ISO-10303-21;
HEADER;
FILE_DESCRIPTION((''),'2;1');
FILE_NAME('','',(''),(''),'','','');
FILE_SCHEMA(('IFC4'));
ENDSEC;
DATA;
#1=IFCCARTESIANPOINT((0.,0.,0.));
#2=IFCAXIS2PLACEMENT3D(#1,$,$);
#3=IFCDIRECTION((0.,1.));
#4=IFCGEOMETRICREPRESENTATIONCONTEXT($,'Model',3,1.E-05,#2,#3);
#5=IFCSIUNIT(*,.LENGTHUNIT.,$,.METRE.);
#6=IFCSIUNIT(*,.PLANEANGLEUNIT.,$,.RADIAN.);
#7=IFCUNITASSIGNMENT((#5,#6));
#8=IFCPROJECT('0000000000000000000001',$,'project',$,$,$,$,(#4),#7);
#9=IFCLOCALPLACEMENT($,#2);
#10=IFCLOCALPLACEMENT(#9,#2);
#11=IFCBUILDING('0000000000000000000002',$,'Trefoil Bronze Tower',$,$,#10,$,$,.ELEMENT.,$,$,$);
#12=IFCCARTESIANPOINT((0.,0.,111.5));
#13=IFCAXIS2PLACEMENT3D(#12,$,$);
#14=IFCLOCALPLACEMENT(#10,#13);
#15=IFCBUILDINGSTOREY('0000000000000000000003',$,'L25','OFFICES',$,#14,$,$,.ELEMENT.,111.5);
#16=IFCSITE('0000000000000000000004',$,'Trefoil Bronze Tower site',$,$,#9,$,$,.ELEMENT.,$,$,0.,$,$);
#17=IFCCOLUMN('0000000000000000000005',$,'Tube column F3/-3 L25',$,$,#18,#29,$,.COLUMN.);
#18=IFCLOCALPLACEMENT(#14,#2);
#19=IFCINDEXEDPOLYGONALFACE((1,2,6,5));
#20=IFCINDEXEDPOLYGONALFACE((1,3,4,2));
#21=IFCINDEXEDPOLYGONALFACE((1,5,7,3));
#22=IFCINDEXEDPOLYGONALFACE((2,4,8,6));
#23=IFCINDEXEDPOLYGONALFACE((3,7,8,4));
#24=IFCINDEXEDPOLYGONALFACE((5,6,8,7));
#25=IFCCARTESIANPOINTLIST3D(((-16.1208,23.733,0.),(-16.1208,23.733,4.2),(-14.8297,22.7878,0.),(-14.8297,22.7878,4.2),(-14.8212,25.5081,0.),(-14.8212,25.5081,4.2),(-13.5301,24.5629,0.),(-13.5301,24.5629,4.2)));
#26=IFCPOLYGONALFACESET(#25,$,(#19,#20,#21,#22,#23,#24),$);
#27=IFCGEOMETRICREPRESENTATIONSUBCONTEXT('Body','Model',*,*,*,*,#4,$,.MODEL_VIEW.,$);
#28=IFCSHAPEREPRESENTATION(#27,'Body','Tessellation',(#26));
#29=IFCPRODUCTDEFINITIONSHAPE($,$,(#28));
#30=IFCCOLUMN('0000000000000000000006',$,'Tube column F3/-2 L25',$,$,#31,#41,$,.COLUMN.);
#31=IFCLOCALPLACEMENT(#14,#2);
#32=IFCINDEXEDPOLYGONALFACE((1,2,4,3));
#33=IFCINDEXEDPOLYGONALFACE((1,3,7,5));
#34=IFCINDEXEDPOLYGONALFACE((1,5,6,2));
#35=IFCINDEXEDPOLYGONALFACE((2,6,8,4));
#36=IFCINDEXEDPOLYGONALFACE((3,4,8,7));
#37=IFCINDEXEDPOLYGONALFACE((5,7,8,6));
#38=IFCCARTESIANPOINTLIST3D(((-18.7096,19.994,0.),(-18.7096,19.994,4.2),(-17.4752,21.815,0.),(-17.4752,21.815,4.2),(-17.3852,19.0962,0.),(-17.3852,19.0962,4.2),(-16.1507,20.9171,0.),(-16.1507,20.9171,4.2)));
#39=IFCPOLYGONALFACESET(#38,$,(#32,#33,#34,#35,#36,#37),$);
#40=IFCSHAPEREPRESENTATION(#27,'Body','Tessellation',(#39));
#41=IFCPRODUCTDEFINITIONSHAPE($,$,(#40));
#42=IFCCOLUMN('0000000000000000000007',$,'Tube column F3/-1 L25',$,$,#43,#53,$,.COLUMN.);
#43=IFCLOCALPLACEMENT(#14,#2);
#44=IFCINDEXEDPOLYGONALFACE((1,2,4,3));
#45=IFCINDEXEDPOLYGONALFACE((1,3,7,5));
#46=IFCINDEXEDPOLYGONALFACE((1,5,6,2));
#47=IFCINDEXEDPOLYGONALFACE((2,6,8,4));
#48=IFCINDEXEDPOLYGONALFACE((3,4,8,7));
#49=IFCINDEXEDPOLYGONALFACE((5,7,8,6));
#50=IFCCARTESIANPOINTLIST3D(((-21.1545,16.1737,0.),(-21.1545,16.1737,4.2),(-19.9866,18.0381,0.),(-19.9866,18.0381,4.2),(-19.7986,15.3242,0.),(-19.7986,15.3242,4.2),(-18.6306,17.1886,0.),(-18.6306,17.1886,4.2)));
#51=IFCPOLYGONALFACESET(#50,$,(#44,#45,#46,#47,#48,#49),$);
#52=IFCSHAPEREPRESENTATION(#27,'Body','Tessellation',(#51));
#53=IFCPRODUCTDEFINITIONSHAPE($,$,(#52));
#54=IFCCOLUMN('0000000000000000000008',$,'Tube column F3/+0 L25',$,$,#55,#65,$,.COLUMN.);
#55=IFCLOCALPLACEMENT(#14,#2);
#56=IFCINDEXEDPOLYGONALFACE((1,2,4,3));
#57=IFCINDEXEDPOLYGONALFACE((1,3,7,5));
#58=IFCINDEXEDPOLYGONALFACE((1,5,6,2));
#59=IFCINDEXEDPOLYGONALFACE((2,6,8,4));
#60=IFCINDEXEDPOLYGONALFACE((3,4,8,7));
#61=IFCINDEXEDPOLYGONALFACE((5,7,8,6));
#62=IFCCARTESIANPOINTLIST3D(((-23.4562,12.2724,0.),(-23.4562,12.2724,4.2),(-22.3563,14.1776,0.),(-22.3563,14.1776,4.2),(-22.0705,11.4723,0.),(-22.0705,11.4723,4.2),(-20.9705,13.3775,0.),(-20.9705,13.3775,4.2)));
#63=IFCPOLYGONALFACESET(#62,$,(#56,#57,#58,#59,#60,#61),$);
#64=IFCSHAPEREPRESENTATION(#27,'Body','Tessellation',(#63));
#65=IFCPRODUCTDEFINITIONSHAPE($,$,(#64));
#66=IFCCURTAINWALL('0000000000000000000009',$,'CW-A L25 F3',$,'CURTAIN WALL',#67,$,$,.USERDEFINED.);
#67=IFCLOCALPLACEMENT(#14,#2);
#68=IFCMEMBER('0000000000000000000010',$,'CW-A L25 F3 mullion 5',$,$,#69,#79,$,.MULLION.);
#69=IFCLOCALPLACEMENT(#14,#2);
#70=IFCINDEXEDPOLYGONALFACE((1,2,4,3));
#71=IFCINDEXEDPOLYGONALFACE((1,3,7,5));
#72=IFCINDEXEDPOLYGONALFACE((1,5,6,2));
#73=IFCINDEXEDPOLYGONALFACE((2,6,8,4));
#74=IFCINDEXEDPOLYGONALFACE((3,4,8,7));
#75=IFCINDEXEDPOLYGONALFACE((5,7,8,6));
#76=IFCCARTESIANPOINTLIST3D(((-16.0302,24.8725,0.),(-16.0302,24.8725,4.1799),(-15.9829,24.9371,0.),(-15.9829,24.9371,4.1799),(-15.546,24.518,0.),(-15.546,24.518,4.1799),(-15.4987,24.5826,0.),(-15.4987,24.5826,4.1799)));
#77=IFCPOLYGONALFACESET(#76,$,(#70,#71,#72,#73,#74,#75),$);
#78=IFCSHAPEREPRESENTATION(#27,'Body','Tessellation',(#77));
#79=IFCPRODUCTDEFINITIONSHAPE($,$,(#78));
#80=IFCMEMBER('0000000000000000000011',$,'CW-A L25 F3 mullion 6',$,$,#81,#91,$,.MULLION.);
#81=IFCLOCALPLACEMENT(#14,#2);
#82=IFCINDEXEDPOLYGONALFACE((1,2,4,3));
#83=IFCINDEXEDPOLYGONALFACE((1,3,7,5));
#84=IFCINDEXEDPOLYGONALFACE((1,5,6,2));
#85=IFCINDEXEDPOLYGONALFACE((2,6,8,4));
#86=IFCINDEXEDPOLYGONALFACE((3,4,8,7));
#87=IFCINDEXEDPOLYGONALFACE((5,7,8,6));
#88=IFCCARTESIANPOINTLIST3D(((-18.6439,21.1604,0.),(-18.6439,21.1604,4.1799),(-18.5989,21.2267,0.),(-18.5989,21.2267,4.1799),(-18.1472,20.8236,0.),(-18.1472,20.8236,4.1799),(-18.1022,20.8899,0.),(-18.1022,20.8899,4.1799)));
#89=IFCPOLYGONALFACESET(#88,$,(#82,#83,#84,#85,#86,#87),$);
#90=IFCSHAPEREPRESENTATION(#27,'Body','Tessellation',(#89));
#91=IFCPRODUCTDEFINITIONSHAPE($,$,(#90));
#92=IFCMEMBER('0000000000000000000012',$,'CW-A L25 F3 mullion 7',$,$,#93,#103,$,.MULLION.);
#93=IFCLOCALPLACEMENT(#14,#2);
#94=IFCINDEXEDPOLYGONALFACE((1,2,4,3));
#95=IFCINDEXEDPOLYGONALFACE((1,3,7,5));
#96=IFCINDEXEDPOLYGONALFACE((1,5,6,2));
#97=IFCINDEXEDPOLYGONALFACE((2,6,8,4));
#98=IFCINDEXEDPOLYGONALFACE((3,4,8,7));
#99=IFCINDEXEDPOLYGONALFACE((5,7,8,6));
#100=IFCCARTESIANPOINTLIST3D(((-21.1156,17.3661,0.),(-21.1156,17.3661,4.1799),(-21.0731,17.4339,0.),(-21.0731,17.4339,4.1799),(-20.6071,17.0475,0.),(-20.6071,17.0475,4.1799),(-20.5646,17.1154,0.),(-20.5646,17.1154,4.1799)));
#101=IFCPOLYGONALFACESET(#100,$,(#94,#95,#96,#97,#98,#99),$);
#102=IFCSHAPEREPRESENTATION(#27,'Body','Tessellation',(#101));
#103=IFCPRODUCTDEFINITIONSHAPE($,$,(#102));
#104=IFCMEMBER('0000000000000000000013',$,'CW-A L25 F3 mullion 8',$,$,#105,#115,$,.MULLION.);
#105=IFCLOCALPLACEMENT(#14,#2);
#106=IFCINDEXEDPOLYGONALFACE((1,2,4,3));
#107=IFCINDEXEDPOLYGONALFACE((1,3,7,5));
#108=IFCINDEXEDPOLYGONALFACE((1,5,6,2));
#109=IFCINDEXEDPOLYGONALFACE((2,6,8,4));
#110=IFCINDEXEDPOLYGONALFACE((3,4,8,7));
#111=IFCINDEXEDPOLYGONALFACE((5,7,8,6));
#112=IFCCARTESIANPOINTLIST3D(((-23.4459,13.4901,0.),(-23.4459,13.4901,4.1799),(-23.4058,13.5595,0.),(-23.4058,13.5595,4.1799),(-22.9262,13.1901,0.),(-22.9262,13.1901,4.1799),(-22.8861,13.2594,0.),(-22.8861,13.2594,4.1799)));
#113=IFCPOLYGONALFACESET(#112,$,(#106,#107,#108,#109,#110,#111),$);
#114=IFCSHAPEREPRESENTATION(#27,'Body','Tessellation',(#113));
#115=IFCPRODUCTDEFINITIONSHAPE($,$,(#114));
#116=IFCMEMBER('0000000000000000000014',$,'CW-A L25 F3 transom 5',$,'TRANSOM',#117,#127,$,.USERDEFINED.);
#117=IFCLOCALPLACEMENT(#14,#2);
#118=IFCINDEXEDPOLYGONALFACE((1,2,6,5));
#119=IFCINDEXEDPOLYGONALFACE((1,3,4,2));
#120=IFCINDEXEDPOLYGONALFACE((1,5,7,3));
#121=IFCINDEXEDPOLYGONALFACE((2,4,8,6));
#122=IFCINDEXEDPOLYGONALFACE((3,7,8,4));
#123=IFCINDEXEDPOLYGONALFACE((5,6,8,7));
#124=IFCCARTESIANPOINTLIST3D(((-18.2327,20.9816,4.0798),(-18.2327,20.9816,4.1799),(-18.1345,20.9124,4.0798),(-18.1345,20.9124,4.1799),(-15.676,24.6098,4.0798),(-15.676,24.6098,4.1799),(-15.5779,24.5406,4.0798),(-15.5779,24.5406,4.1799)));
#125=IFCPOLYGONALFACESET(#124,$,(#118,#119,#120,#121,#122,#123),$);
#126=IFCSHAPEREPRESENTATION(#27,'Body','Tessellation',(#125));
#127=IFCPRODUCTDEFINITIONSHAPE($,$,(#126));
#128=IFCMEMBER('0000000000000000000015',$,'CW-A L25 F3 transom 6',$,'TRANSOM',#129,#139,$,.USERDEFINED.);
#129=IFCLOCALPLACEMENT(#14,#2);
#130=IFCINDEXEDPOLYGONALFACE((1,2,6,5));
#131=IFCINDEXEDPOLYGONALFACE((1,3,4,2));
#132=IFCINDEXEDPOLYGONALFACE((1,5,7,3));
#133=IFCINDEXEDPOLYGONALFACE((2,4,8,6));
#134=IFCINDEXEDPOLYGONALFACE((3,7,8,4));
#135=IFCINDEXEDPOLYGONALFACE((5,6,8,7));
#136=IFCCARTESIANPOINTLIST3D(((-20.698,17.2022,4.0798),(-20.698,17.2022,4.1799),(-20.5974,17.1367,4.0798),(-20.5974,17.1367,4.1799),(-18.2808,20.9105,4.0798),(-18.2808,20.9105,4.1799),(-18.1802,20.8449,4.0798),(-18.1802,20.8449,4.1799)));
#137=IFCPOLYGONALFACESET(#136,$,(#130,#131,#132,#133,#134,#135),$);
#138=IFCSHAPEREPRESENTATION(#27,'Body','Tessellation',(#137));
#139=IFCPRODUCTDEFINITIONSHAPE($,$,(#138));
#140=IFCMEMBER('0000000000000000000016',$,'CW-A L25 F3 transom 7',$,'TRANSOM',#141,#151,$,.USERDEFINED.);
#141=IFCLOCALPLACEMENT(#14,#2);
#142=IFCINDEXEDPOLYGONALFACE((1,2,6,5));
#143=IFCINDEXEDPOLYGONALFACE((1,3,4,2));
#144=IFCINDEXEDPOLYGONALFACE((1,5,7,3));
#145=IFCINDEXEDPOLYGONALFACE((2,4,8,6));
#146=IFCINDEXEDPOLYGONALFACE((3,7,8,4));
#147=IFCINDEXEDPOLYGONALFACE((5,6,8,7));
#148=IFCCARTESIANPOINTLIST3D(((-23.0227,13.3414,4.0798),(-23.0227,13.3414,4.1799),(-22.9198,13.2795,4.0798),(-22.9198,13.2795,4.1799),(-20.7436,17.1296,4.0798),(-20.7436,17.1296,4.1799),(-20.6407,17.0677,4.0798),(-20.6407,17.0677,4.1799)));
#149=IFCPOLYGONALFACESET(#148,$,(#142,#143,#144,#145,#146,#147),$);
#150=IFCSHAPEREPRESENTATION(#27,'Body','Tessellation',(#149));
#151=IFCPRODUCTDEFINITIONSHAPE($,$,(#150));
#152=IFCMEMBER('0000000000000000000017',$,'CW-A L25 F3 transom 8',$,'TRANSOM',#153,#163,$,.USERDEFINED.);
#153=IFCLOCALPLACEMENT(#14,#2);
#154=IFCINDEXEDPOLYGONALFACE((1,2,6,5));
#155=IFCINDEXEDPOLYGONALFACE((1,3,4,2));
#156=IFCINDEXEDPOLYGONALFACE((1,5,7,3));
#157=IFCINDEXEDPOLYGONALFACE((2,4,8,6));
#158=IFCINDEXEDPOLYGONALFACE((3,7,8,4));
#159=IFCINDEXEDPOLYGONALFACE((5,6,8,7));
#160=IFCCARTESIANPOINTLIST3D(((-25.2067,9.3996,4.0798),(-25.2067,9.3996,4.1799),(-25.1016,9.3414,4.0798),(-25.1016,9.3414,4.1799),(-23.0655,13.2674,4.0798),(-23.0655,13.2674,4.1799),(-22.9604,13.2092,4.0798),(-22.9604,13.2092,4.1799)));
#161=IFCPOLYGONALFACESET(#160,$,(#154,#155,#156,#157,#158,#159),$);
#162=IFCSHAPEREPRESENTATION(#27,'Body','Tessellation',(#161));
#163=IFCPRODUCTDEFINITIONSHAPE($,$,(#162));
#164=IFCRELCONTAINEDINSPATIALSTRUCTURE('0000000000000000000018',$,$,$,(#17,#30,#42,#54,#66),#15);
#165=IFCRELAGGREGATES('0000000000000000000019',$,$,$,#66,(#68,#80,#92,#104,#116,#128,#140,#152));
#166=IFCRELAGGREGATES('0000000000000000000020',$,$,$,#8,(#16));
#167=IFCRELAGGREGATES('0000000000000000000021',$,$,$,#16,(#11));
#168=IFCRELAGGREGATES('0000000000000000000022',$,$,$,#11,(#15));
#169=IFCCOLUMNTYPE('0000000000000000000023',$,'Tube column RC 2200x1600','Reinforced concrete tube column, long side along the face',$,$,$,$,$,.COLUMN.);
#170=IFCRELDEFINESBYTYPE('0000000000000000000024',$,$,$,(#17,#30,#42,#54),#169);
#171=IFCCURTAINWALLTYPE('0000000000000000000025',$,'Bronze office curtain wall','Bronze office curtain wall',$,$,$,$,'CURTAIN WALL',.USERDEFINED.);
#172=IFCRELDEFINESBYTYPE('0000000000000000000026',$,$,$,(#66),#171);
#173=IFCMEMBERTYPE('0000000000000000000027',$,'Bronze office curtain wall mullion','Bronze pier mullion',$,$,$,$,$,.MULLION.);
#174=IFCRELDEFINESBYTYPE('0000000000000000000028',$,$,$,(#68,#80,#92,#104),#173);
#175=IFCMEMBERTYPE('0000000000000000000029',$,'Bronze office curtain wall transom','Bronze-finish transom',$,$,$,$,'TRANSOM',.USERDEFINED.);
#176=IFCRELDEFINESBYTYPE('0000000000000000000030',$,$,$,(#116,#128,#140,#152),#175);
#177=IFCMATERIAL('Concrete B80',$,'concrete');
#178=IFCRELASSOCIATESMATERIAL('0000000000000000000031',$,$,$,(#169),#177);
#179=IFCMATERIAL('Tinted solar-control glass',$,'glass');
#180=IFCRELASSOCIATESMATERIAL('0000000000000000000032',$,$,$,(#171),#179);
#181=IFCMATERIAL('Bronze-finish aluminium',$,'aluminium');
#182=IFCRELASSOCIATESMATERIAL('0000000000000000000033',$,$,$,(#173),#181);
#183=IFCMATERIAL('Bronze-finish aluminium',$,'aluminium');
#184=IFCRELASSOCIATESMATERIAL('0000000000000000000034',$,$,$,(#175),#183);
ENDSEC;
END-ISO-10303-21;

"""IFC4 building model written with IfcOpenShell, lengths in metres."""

from ifc_helpers import new_model, si_unit, direction, frame, origin, origin_2d, place, context, subcontext, project, spatial, rectangle, extrude, material, material_profile, profile_set, type_object, element, aggregate, save


model = new_model("IFC4")

# Units and contexts
model_context = context("Model", 3, precision=1e-05, world=origin(), true_north=direction((0.0, 1.0)))
body_context = subcontext(model_context, "Body", "Model", "MODEL_VIEW")
ifc_project = project(units=[si_unit("LENGTHUNIT", "METRE"), si_unit("PLANEANGLEUNIT", "RADIAN")], contexts=[model_context])

# Site, building, storey
site_placement = place(None, origin())
site = spatial("IfcSite", under=ifc_project, at=site_placement, Name="Trefoil Bronze Tower site", CompositionType="ELEMENT", RefElevation=0.0)
building_placement = place(site_placement, origin())
building = spatial("IfcBuilding", under=site, at=building_placement, Name="Trefoil Bronze Tower", CompositionType="ELEMENT")
storey_placement = place(building_placement, frame((0.0, 0.0, 111.5)))
storey = spatial("IfcBuildingStorey", under=building, at=storey_placement, Name="L25", Description="OFFICES", CompositionType="ELEMENT", Elevation=111.5)

# Columns
ifc_material_1 = material(Name="Concrete B80", Category="concrete")
ifc_material_profile_1 = material_profile(ifc_material_1, rectangle(XDim=2.2, YDim=1.6001, at=origin_2d()), Name="RC 2200x1600")
ifc_profile_set_1 = profile_set([ifc_material_profile_1], Name="Concrete B80")
column_type = type_object("IfcColumnType", Name="Tube column RC 2200x1600", Description="Reinforced concrete tube column, long side along the face", PredefinedType="COLUMN", material=ifc_profile_set_1)
for number, where, z_axis, x_axis, name in (
    (1, (-14.8254, 24.1479, 0.0), (0.0, 0.0, 1.0), (-0.590723, -0.806875, 0.0), "Tube column F3/-3 L25"),
    (2, (-17.4302, 20.4556, 0.0), (0.0, 0.0, 1.0), (-0.561136, -0.827724, 0.0), "Tube column F3/-2 L25"),
    (3, (-19.8926, 16.6812, 0.0), (0.0, 0.0, 1.0), (-0.530893, -0.847439, 0.0), "Tube column F3/-1 L25"),
    (4, (-22.2134, 12.825, 0.0), (0.0, 0.0, 1.0), (-0.5, -0.866025, 0.0), "Tube column F3/+0 L25"),
):
    element("IfcColumn", number, at=place(storey_placement, frame(where, z_axis=z_axis, x_axis=x_axis)), inside=storey, type_object=column_type, Name=name, PredefinedType="COLUMN", context=body_context, shape_type="SweptSolid", body=[
        extrude(rectangle(XDim=2.2, YDim=1.6001, at=origin_2d()), origin(), (0.0, 0.0, 1.0), 4.2),
    ])

# Curtain wall, members
ifc_material_2 = material(Name="Tinted solar-control glass", Category="glass")
curtain_wall_type = type_object("IfcCurtainWallType", Name="Bronze office curtain wall", Description="Bronze office curtain wall", ElementType="CURTAIN WALL", PredefinedType="USERDEFINED", material=ifc_material_2)
curtain_wall_placement = place(storey_placement, origin())
curtain_wall = element("IfcCurtainWall", 5, at=curtain_wall_placement, inside=storey, type_object=curtain_wall_type, Name="CW-A L25 F3", ObjectType="CURTAIN WALL", PredefinedType="USERDEFINED")
ifc_material_3 = material(Name="Bronze-finish aluminium", Category="aluminium")
ifc_material_profile_2 = material_profile(ifc_material_3, rectangle(XDim=0.6001, YDim=0.0801, at=origin_2d()), Name="CW-A mullion")
ifc_profile_set_2 = profile_set([ifc_material_profile_2], Name="Bronze-finish aluminium")
member_type_1 = type_object("IfcMemberType", Name="Bronze office curtain wall mullion", Description="Bronze pier mullion", PredefinedType="MULLION", material=ifc_profile_set_2)
member_1_placement = place(storey_placement, frame((-15.7644, 24.7275, 0.0), z_axis=(0.0, 0.0, 1.0), x_axis=(0.806875, -0.590723, 0.0)))
member_1 = element("IfcMember", 6, at=member_1_placement, type_object=member_type_1, Name="CW-A L25 F3 mullion 5", PredefinedType="MULLION", context=body_context, shape_type="SweptSolid", body=[
    extrude(rectangle(XDim=0.6001, YDim=0.0801, at=origin_2d()), origin(), (0.0, 0.0, 1.0), 4.1799),
])
member_2_placement = place(storey_placement, frame((-18.373, 21.0251, 0.0), z_axis=(0.0, 0.0, 1.0), x_axis=(0.827724, -0.561136, 0.0)))
member_2 = element("IfcMember", 7, at=member_2_placement, type_object=member_type_1, Name="CW-A L25 F3 mullion 6", PredefinedType="MULLION", context=body_context, shape_type="SweptSolid", body=[
    extrude(rectangle(XDim=0.6001, YDim=0.0801, at=origin_2d()), origin(), (0.0, 0.0, 1.0), 4.1799),
])
member_3_placement = place(storey_placement, frame((-20.8401, 17.2407, 0.0), z_axis=(0.0, 0.0, 1.0), x_axis=(0.847439, -0.530893, 0.0)))
member_3 = element("IfcMember", 8, at=member_3_placement, type_object=member_type_1, Name="CW-A L25 F3 mullion 7", PredefinedType="MULLION", context=body_context, shape_type="SweptSolid", body=[
    extrude(rectangle(XDim=0.6001, YDim=0.0801, at=origin_2d()), origin(), (0.0, 0.0, 1.0), 4.1799),
])
member_4_placement = place(storey_placement, frame((-23.166, 13.3748, 0.0), z_axis=(0.0, 0.0, 1.0), x_axis=(0.866025, -0.5, 0.0)))
member_4 = element("IfcMember", 9, at=member_4_placement, type_object=member_type_1, Name="CW-A L25 F3 mullion 8", PredefinedType="MULLION", context=body_context, shape_type="SweptSolid", body=[
    extrude(rectangle(XDim=0.6001, YDim=0.0801, at=origin_2d()), origin(), (0.0, 0.0, 1.0), 4.1799),
])
ifc_material_4 = material(Name="Bronze-finish aluminium", Category="aluminium")
ifc_material_profile_3 = material_profile(ifc_material_4, rectangle(XDim=0.1201, YDim=0.1001, at=origin_2d()), Name="CW-A transom")
ifc_profile_set_3 = profile_set([ifc_material_profile_3], Name="Bronze-finish aluminium")
member_type_2 = type_object("IfcMemberType", Name="Bronze office curtain wall transom", Description="Bronze-finish transom", ElementType="TRANSOM", PredefinedType="USERDEFINED", material=ifc_profile_set_3)
member_5_placement = place(storey_placement, frame((-15.627, 24.5752, 4.1299), z_axis=(-0.576018, -0.817437, 0.0), x_axis=(0.817437, -0.576018, 0.0)))
member_5 = element("IfcMember", 10, at=member_5_placement, type_object=member_type_2, Name="CW-A L25 F3 transom 5", ObjectType="TRANSOM", PredefinedType="USERDEFINED", context=body_context, shape_type="SweptSolid", body=[
    extrude(rectangle(XDim=0.1201, YDim=0.1001, at=origin_2d()), origin(), (0.0, 0.0, 1.0), 4.4385),
])
member_6_placement = place(storey_placement, frame((-18.2305, 20.8777, 4.1299), z_axis=(-0.546079, -0.837733, 0.0), x_axis=(0.837733, -0.546079, 0.0)))
member_6 = element("IfcMember", 11, at=member_6_placement, type_object=member_type_2, Name="CW-A L25 F3 transom 6", ObjectType="TRANSOM", PredefinedType="USERDEFINED", context=body_context, shape_type="SweptSolid", body=[
    extrude(rectangle(XDim=0.1201, YDim=0.1001, at=origin_2d()), origin(), (0.0, 0.0, 1.0), 4.4265),
])
member_7_placement = place(storey_placement, frame((-20.6921, 17.0986, 4.1299), z_axis=(-0.515527, -0.856873, 0.0), x_axis=(0.856873, -0.515527, 0.0)))
member_7 = element("IfcMember", 12, at=member_7_placement, type_object=member_type_2, Name="CW-A L25 F3 transom 7", ObjectType="TRANSOM", PredefinedType="USERDEFINED", context=body_context, shape_type="SweptSolid", body=[
    extrude(rectangle(XDim=0.1201, YDim=0.1001, at=origin_2d()), origin(), (0.0, 0.0, 1.0), 4.4209),
])
member_8_placement = place(storey_placement, frame((-23.0129, 13.2383, 4.1299), z_axis=(-0.484329, -0.874886, 0.0), x_axis=(0.874886, -0.484329, 0.0)))
member_8 = element("IfcMember", 13, at=member_8_placement, type_object=member_type_2, Name="CW-A L25 F3 transom 8", ObjectType="TRANSOM", PredefinedType="USERDEFINED", context=body_context, shape_type="SweptSolid", body=[
    extrude(rectangle(XDim=0.1201, YDim=0.1001, at=origin_2d()), origin(), (0.0, 0.0, 1.0), 4.4209),
])

aggregate(curtain_wall, [member_1, member_2, member_3, member_4, member_5, member_6, member_7, member_8])

save(model, "model.ifc")
